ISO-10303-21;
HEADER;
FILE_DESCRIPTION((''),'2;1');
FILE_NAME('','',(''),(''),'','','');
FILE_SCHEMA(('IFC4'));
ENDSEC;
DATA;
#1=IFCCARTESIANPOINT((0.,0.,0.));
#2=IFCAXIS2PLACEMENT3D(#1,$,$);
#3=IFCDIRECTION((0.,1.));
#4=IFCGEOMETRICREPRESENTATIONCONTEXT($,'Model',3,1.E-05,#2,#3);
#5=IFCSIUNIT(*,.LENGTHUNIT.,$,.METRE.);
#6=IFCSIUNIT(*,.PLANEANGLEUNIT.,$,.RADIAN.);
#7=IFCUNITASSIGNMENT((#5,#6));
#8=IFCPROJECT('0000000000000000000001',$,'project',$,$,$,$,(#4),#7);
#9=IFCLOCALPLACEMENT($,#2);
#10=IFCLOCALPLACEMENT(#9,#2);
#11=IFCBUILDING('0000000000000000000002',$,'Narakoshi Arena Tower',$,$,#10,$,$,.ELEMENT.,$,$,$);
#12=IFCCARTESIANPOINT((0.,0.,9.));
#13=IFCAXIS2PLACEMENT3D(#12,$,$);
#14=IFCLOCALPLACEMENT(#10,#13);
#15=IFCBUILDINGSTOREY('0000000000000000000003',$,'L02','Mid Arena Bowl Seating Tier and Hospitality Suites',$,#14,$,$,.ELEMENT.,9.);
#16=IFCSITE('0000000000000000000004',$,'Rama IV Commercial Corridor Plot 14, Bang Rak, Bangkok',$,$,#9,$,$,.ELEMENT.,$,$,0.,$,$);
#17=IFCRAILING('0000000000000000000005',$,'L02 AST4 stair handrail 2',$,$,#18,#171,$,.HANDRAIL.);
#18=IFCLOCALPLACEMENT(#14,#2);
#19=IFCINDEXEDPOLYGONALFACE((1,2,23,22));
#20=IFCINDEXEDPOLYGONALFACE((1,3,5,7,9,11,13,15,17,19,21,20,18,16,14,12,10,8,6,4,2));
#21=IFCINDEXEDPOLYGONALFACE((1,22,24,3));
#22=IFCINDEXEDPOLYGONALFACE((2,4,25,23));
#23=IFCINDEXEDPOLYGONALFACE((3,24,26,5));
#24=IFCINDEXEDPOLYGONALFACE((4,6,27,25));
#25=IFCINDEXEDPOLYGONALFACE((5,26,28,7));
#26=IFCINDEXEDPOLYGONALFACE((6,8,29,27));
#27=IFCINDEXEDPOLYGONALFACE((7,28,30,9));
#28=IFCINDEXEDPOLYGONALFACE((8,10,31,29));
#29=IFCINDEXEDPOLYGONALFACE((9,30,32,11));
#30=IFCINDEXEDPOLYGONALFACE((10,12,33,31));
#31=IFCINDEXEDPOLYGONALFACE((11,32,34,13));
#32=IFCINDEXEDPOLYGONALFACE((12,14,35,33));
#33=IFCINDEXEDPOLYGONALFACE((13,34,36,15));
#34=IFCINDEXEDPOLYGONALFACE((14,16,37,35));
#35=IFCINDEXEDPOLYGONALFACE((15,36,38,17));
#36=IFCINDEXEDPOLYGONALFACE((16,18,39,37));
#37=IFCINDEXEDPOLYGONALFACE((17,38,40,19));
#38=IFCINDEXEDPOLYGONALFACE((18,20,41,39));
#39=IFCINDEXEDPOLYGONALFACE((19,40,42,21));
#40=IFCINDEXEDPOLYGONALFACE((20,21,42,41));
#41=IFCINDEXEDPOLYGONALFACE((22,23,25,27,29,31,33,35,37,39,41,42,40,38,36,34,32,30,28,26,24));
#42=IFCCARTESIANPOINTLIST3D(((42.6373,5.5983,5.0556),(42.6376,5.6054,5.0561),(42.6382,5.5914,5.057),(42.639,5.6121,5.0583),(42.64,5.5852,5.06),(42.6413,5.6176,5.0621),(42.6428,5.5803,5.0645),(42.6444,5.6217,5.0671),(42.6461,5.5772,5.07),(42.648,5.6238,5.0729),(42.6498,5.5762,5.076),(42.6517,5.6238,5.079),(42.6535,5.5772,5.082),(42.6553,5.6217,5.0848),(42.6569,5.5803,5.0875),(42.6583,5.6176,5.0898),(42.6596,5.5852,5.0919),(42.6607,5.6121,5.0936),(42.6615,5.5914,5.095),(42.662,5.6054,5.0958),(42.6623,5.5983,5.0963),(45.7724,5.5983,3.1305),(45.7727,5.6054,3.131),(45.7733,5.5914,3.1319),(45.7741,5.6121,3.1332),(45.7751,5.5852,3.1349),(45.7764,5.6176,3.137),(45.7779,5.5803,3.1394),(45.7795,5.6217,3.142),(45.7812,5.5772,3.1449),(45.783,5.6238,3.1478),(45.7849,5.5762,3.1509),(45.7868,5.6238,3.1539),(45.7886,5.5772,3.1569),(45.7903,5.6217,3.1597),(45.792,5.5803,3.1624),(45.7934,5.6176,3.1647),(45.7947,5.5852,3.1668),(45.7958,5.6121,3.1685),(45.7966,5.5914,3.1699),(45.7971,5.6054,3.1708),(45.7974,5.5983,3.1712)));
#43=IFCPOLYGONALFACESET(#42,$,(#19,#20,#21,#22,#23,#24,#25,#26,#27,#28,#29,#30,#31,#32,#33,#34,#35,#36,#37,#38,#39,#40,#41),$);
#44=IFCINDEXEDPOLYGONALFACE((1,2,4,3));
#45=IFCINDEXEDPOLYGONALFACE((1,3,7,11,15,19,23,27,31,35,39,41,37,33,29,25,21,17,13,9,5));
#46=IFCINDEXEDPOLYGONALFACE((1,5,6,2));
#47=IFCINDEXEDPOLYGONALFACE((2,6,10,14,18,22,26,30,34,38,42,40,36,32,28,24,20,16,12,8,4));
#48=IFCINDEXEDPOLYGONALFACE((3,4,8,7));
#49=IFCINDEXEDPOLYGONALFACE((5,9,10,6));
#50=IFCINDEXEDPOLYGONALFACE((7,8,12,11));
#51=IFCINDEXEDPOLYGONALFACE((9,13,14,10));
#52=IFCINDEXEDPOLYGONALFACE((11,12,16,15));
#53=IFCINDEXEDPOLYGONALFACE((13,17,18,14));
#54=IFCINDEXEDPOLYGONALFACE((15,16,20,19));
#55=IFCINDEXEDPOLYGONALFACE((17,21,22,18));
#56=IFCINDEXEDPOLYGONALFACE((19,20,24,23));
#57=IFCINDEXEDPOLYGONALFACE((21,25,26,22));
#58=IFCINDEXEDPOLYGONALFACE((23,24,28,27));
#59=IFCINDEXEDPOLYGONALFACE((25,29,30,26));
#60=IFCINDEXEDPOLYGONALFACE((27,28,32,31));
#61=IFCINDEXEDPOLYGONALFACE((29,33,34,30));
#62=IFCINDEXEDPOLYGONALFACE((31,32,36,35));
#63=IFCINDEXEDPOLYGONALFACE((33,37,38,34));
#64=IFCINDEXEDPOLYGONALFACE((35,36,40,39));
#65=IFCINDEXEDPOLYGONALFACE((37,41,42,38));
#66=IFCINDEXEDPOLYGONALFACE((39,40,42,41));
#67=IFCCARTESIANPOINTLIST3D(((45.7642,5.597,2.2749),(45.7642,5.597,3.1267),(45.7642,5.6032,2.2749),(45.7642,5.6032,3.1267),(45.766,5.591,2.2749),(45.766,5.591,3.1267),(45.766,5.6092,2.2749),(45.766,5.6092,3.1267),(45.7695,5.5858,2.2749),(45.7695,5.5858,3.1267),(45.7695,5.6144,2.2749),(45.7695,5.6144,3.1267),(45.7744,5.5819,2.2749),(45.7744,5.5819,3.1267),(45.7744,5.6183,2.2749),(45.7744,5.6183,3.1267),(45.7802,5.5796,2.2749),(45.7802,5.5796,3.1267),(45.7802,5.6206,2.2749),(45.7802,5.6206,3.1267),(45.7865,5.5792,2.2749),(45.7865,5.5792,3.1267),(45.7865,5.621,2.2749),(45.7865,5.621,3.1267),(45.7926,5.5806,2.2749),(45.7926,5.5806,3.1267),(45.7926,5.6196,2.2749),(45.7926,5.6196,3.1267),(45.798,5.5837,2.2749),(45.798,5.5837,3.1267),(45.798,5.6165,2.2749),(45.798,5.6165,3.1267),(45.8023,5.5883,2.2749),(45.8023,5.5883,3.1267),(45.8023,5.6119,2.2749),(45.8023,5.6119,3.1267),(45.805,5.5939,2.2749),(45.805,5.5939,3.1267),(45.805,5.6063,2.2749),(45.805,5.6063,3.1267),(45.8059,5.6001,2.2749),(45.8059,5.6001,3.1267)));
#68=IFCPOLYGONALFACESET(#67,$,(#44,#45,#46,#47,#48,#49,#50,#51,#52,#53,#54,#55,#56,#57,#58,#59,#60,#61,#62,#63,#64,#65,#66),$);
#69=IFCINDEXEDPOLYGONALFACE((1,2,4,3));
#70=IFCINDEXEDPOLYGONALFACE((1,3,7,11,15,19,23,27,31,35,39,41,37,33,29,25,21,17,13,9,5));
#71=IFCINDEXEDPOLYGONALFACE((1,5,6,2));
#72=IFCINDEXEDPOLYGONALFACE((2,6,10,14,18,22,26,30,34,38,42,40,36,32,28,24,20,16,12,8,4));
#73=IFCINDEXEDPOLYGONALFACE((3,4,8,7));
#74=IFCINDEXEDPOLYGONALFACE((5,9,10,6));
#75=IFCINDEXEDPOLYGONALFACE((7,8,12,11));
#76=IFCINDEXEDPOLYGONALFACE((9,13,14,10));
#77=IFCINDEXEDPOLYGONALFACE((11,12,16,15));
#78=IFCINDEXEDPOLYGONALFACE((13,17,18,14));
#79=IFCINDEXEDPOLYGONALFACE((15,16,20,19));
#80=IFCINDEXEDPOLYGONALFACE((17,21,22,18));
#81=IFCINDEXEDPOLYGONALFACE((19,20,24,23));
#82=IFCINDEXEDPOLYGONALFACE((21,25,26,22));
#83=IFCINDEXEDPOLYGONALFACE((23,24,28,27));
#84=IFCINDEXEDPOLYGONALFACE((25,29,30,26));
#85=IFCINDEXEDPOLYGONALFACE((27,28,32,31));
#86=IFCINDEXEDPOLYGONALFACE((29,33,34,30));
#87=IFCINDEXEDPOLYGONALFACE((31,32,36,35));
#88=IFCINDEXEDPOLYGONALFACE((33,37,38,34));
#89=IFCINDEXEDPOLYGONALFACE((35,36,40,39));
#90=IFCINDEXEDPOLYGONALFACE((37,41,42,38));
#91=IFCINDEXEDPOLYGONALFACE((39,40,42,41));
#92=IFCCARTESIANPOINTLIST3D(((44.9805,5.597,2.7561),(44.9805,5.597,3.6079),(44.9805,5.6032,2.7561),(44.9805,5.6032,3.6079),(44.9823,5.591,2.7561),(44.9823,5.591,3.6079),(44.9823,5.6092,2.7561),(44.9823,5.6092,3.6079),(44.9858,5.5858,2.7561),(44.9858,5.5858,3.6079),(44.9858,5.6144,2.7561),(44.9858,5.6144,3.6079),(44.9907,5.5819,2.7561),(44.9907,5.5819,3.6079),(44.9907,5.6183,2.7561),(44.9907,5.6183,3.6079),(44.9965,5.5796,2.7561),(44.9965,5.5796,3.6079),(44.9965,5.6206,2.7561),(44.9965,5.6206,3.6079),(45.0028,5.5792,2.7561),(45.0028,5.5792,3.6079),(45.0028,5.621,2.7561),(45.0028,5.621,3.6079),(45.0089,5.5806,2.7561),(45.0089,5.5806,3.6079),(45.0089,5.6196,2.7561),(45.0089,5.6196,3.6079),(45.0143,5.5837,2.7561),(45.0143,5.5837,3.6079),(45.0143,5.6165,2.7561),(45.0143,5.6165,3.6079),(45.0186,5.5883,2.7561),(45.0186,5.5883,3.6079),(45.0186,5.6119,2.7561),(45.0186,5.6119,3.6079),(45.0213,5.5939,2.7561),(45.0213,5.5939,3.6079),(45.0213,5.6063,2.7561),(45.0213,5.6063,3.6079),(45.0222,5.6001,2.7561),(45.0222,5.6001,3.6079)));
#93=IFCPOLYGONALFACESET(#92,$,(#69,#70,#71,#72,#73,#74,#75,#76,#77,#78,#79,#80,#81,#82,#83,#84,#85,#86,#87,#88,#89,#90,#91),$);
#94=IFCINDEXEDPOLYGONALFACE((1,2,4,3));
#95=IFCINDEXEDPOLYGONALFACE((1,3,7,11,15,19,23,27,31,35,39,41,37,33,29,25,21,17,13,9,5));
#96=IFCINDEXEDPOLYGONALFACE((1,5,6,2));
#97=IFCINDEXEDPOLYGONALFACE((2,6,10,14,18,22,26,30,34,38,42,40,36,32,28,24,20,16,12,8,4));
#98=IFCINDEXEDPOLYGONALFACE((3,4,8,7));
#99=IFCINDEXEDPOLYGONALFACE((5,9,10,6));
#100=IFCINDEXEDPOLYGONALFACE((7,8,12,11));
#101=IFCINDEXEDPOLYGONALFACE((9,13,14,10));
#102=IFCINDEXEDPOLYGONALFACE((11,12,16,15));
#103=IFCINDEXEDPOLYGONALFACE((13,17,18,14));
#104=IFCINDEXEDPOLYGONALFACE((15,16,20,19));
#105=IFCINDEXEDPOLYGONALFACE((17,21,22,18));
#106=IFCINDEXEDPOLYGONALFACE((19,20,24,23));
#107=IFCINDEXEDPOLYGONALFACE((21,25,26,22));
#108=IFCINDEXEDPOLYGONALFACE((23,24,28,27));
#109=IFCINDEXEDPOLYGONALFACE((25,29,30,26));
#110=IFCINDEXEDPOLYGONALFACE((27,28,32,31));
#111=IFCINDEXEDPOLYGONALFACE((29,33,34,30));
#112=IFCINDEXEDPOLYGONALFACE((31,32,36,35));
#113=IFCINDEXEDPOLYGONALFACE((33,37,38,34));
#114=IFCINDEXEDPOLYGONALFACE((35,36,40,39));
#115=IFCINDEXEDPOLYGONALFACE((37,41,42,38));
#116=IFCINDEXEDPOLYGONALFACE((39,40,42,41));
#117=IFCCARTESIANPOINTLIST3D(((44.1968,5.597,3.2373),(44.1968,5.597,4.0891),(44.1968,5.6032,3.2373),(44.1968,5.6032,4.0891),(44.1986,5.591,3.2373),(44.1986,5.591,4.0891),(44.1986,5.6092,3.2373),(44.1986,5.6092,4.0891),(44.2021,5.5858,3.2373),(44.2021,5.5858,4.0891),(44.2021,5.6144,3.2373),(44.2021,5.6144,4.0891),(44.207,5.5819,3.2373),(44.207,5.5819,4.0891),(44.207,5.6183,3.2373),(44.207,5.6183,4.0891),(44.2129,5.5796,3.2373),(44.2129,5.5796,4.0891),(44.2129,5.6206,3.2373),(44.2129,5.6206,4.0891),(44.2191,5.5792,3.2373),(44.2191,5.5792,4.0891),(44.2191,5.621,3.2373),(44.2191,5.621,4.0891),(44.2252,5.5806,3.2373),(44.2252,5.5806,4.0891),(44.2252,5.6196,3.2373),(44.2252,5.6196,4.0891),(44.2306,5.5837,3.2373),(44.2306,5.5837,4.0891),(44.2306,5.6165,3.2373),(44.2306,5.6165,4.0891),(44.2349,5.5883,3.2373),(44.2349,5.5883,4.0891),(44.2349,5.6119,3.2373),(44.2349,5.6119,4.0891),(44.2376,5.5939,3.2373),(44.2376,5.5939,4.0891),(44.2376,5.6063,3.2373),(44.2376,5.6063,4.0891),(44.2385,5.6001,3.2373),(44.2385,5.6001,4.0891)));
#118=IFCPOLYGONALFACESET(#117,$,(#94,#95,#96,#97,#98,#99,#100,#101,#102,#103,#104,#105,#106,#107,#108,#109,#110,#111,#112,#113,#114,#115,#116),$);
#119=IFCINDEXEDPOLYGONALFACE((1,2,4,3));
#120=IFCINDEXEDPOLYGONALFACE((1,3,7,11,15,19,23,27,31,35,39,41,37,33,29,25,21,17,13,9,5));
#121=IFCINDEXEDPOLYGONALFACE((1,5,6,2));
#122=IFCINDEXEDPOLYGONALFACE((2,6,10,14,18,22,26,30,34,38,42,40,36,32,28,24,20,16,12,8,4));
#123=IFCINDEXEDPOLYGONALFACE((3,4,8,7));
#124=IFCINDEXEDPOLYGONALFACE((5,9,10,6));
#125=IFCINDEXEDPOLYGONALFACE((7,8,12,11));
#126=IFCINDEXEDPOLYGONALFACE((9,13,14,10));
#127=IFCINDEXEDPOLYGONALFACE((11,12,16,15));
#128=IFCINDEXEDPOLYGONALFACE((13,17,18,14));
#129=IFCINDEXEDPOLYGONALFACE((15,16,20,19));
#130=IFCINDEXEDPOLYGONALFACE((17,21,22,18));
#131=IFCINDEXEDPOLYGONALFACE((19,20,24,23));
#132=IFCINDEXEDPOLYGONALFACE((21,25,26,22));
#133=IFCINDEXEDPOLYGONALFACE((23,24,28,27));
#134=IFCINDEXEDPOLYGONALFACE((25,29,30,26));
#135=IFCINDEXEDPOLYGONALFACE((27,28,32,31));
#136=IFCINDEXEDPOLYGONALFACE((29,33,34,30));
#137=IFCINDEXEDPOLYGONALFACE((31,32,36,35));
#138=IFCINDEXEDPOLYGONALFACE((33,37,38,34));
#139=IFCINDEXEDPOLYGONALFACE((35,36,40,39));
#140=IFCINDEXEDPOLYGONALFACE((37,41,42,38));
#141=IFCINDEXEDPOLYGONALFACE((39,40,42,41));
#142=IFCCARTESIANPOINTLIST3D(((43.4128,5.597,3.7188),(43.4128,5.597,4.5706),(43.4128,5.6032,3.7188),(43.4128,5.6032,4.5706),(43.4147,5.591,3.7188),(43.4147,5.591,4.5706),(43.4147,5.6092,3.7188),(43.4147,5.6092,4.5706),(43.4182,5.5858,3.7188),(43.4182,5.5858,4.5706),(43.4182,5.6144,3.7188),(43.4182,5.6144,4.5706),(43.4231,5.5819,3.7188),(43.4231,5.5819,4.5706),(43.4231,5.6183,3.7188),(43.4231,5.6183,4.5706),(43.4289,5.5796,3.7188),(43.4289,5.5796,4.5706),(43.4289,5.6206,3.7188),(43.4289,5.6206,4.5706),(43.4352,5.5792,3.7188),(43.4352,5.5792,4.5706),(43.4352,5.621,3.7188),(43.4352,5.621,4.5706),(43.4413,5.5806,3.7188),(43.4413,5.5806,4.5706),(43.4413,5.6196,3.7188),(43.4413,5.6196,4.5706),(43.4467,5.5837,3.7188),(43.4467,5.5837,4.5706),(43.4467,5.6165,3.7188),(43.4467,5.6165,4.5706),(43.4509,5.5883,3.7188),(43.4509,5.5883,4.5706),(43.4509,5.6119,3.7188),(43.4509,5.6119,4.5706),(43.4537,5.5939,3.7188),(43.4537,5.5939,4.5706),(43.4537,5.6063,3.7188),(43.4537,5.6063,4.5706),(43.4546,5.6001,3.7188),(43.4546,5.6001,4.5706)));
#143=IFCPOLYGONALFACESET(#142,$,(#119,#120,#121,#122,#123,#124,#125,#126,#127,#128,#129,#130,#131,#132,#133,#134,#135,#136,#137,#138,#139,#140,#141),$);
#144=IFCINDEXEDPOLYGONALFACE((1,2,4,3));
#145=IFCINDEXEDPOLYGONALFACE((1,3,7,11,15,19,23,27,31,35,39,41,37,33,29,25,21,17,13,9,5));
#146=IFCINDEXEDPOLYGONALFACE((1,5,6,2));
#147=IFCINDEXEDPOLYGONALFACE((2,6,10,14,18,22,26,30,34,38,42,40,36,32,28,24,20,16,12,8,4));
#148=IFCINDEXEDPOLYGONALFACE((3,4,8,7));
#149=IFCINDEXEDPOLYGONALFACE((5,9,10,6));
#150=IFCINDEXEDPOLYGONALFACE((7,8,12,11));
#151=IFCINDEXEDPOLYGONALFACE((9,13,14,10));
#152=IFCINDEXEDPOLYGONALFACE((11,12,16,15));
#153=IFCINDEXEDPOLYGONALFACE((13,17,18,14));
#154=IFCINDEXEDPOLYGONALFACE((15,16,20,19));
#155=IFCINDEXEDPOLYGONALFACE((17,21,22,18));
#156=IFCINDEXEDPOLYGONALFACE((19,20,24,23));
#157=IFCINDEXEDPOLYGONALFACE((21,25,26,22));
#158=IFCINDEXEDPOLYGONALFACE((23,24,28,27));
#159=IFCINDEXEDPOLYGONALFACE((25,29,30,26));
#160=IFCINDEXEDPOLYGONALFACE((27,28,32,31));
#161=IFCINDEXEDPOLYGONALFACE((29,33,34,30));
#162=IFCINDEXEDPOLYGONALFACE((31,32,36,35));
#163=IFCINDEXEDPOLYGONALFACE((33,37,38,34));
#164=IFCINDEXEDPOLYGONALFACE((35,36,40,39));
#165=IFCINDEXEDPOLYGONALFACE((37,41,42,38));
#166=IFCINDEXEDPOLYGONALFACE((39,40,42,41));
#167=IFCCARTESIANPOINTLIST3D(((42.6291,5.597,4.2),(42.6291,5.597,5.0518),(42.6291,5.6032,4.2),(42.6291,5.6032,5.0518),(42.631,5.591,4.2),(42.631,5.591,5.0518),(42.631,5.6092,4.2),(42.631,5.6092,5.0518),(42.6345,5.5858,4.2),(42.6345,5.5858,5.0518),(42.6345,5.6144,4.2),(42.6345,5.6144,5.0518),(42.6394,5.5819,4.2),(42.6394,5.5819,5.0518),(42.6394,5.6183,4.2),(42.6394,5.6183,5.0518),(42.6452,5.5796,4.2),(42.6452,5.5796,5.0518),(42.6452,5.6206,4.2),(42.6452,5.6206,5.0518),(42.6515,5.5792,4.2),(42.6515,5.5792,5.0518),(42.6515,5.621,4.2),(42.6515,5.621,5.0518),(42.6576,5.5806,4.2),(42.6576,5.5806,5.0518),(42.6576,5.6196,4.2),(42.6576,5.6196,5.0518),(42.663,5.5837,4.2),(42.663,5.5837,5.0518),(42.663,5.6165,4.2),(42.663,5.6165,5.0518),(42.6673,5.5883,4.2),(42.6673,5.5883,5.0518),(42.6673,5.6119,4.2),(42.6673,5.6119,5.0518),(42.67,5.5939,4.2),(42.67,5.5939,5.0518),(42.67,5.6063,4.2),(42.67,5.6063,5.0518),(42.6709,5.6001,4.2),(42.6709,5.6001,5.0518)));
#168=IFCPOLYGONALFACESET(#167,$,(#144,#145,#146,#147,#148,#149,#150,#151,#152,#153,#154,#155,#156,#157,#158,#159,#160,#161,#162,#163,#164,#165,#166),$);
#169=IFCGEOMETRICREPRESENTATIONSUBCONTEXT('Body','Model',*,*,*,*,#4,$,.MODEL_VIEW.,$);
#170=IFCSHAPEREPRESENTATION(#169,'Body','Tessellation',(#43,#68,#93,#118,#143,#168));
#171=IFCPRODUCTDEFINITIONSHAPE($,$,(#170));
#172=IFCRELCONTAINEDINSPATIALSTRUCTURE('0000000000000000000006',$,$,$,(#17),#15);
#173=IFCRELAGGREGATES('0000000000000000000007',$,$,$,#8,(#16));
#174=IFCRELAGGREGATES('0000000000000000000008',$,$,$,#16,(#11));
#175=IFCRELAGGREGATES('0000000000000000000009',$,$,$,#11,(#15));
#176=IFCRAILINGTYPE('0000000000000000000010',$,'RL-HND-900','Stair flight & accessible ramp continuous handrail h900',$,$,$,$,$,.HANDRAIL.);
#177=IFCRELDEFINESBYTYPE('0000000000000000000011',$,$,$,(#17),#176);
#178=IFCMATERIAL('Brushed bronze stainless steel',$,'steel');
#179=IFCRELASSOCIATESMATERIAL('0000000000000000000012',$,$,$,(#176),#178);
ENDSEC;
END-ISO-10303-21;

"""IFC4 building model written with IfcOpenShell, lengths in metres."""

from ifc_helpers import new_model, si_unit, direction, frame, origin, origin_2d, place, context, subcontext, project, spatial, circle, extrude, material, type_object, element, save


model = new_model("IFC4")

# Units and contexts
model_context = context("Model", 3, precision=1e-05, world=origin(), true_north=direction((0.0, 1.0)))
body_context = subcontext(model_context, "Body", "Model", "MODEL_VIEW")
ifc_project = project(units=[si_unit("LENGTHUNIT", "METRE"), si_unit("PLANEANGLEUNIT", "RADIAN")], contexts=[model_context])

# Site, building, storey
site_placement = place(None, origin())
site = spatial("IfcSite", under=ifc_project, at=site_placement, Name="Rama IV Commercial Corridor Plot 14, Bang Rak, Bangkok", CompositionType="ELEMENT", RefElevation=0.0)
building_placement = place(site_placement, origin())
building = spatial("IfcBuilding", under=site, at=building_placement, Name="Narakoshi Arena Tower", CompositionType="ELEMENT")
storey_placement = place(building_placement, frame((0.0, 0.0, 9.0)))
storey = spatial("IfcBuildingStorey", under=building, at=storey_placement, Name="L02", Description="Mid Arena Bowl Seating Tier and Hospitality Suites", CompositionType="ELEMENT", Elevation=9.0)

# Railing
ifc_material_1 = material(Name="Brushed bronze stainless steel", Category="steel")
railing_type_1 = type_object("IfcRailingType", Name="RL-HND-900", Description="Stair flight & accessible ramp continuous handrail h900", PredefinedType="HANDRAIL", material=ifc_material_1)
railing_1_placement = place(storey_placement, frame((45.7849, 5.6001, 2.2749)))
element("IfcRailing", 1, at=railing_1_placement, inside=storey, type_object=railing_type_1, Name="L02 AST4 stair handrail 2", PredefinedType="HANDRAIL", context=body_context, shape_type="SweptSolid", body=[
    extrude(circle(Radius=0.0239, at=origin_2d()), frame((0.0, 0.0, 0.876), z_axis=(-0.852166, 0.0, 0.523271), x_axis=(0.0, -1.0, 0.0)), (0.0, 0.0, 1.0), 3.679),
    extrude(circle(Radius=0.021, at=origin_2d()), origin(), (0.0, 0.0, 1.0), 0.8518),
    extrude(circle(Radius=0.021, at=origin_2d()), frame((-0.7837, 0.0, 0.4812)), (0.0, 0.0, 1.0), 0.8518),
    extrude(circle(Radius=0.021, at=origin_2d()), frame((-1.5674, 0.0, 0.9624)), (0.0, 0.0, 1.0), 0.8518),
    extrude(circle(Radius=0.021, at=origin_2d()), frame((-2.3513, 0.0, 1.4438)), (0.0, 0.0, 1.0), 0.8518),
    extrude(circle(Radius=0.021, at=origin_2d()), frame((-3.135, 0.0, 1.925)), (0.0, 0.0, 1.0), 0.8518),
])

save(model, "model.ifc")
